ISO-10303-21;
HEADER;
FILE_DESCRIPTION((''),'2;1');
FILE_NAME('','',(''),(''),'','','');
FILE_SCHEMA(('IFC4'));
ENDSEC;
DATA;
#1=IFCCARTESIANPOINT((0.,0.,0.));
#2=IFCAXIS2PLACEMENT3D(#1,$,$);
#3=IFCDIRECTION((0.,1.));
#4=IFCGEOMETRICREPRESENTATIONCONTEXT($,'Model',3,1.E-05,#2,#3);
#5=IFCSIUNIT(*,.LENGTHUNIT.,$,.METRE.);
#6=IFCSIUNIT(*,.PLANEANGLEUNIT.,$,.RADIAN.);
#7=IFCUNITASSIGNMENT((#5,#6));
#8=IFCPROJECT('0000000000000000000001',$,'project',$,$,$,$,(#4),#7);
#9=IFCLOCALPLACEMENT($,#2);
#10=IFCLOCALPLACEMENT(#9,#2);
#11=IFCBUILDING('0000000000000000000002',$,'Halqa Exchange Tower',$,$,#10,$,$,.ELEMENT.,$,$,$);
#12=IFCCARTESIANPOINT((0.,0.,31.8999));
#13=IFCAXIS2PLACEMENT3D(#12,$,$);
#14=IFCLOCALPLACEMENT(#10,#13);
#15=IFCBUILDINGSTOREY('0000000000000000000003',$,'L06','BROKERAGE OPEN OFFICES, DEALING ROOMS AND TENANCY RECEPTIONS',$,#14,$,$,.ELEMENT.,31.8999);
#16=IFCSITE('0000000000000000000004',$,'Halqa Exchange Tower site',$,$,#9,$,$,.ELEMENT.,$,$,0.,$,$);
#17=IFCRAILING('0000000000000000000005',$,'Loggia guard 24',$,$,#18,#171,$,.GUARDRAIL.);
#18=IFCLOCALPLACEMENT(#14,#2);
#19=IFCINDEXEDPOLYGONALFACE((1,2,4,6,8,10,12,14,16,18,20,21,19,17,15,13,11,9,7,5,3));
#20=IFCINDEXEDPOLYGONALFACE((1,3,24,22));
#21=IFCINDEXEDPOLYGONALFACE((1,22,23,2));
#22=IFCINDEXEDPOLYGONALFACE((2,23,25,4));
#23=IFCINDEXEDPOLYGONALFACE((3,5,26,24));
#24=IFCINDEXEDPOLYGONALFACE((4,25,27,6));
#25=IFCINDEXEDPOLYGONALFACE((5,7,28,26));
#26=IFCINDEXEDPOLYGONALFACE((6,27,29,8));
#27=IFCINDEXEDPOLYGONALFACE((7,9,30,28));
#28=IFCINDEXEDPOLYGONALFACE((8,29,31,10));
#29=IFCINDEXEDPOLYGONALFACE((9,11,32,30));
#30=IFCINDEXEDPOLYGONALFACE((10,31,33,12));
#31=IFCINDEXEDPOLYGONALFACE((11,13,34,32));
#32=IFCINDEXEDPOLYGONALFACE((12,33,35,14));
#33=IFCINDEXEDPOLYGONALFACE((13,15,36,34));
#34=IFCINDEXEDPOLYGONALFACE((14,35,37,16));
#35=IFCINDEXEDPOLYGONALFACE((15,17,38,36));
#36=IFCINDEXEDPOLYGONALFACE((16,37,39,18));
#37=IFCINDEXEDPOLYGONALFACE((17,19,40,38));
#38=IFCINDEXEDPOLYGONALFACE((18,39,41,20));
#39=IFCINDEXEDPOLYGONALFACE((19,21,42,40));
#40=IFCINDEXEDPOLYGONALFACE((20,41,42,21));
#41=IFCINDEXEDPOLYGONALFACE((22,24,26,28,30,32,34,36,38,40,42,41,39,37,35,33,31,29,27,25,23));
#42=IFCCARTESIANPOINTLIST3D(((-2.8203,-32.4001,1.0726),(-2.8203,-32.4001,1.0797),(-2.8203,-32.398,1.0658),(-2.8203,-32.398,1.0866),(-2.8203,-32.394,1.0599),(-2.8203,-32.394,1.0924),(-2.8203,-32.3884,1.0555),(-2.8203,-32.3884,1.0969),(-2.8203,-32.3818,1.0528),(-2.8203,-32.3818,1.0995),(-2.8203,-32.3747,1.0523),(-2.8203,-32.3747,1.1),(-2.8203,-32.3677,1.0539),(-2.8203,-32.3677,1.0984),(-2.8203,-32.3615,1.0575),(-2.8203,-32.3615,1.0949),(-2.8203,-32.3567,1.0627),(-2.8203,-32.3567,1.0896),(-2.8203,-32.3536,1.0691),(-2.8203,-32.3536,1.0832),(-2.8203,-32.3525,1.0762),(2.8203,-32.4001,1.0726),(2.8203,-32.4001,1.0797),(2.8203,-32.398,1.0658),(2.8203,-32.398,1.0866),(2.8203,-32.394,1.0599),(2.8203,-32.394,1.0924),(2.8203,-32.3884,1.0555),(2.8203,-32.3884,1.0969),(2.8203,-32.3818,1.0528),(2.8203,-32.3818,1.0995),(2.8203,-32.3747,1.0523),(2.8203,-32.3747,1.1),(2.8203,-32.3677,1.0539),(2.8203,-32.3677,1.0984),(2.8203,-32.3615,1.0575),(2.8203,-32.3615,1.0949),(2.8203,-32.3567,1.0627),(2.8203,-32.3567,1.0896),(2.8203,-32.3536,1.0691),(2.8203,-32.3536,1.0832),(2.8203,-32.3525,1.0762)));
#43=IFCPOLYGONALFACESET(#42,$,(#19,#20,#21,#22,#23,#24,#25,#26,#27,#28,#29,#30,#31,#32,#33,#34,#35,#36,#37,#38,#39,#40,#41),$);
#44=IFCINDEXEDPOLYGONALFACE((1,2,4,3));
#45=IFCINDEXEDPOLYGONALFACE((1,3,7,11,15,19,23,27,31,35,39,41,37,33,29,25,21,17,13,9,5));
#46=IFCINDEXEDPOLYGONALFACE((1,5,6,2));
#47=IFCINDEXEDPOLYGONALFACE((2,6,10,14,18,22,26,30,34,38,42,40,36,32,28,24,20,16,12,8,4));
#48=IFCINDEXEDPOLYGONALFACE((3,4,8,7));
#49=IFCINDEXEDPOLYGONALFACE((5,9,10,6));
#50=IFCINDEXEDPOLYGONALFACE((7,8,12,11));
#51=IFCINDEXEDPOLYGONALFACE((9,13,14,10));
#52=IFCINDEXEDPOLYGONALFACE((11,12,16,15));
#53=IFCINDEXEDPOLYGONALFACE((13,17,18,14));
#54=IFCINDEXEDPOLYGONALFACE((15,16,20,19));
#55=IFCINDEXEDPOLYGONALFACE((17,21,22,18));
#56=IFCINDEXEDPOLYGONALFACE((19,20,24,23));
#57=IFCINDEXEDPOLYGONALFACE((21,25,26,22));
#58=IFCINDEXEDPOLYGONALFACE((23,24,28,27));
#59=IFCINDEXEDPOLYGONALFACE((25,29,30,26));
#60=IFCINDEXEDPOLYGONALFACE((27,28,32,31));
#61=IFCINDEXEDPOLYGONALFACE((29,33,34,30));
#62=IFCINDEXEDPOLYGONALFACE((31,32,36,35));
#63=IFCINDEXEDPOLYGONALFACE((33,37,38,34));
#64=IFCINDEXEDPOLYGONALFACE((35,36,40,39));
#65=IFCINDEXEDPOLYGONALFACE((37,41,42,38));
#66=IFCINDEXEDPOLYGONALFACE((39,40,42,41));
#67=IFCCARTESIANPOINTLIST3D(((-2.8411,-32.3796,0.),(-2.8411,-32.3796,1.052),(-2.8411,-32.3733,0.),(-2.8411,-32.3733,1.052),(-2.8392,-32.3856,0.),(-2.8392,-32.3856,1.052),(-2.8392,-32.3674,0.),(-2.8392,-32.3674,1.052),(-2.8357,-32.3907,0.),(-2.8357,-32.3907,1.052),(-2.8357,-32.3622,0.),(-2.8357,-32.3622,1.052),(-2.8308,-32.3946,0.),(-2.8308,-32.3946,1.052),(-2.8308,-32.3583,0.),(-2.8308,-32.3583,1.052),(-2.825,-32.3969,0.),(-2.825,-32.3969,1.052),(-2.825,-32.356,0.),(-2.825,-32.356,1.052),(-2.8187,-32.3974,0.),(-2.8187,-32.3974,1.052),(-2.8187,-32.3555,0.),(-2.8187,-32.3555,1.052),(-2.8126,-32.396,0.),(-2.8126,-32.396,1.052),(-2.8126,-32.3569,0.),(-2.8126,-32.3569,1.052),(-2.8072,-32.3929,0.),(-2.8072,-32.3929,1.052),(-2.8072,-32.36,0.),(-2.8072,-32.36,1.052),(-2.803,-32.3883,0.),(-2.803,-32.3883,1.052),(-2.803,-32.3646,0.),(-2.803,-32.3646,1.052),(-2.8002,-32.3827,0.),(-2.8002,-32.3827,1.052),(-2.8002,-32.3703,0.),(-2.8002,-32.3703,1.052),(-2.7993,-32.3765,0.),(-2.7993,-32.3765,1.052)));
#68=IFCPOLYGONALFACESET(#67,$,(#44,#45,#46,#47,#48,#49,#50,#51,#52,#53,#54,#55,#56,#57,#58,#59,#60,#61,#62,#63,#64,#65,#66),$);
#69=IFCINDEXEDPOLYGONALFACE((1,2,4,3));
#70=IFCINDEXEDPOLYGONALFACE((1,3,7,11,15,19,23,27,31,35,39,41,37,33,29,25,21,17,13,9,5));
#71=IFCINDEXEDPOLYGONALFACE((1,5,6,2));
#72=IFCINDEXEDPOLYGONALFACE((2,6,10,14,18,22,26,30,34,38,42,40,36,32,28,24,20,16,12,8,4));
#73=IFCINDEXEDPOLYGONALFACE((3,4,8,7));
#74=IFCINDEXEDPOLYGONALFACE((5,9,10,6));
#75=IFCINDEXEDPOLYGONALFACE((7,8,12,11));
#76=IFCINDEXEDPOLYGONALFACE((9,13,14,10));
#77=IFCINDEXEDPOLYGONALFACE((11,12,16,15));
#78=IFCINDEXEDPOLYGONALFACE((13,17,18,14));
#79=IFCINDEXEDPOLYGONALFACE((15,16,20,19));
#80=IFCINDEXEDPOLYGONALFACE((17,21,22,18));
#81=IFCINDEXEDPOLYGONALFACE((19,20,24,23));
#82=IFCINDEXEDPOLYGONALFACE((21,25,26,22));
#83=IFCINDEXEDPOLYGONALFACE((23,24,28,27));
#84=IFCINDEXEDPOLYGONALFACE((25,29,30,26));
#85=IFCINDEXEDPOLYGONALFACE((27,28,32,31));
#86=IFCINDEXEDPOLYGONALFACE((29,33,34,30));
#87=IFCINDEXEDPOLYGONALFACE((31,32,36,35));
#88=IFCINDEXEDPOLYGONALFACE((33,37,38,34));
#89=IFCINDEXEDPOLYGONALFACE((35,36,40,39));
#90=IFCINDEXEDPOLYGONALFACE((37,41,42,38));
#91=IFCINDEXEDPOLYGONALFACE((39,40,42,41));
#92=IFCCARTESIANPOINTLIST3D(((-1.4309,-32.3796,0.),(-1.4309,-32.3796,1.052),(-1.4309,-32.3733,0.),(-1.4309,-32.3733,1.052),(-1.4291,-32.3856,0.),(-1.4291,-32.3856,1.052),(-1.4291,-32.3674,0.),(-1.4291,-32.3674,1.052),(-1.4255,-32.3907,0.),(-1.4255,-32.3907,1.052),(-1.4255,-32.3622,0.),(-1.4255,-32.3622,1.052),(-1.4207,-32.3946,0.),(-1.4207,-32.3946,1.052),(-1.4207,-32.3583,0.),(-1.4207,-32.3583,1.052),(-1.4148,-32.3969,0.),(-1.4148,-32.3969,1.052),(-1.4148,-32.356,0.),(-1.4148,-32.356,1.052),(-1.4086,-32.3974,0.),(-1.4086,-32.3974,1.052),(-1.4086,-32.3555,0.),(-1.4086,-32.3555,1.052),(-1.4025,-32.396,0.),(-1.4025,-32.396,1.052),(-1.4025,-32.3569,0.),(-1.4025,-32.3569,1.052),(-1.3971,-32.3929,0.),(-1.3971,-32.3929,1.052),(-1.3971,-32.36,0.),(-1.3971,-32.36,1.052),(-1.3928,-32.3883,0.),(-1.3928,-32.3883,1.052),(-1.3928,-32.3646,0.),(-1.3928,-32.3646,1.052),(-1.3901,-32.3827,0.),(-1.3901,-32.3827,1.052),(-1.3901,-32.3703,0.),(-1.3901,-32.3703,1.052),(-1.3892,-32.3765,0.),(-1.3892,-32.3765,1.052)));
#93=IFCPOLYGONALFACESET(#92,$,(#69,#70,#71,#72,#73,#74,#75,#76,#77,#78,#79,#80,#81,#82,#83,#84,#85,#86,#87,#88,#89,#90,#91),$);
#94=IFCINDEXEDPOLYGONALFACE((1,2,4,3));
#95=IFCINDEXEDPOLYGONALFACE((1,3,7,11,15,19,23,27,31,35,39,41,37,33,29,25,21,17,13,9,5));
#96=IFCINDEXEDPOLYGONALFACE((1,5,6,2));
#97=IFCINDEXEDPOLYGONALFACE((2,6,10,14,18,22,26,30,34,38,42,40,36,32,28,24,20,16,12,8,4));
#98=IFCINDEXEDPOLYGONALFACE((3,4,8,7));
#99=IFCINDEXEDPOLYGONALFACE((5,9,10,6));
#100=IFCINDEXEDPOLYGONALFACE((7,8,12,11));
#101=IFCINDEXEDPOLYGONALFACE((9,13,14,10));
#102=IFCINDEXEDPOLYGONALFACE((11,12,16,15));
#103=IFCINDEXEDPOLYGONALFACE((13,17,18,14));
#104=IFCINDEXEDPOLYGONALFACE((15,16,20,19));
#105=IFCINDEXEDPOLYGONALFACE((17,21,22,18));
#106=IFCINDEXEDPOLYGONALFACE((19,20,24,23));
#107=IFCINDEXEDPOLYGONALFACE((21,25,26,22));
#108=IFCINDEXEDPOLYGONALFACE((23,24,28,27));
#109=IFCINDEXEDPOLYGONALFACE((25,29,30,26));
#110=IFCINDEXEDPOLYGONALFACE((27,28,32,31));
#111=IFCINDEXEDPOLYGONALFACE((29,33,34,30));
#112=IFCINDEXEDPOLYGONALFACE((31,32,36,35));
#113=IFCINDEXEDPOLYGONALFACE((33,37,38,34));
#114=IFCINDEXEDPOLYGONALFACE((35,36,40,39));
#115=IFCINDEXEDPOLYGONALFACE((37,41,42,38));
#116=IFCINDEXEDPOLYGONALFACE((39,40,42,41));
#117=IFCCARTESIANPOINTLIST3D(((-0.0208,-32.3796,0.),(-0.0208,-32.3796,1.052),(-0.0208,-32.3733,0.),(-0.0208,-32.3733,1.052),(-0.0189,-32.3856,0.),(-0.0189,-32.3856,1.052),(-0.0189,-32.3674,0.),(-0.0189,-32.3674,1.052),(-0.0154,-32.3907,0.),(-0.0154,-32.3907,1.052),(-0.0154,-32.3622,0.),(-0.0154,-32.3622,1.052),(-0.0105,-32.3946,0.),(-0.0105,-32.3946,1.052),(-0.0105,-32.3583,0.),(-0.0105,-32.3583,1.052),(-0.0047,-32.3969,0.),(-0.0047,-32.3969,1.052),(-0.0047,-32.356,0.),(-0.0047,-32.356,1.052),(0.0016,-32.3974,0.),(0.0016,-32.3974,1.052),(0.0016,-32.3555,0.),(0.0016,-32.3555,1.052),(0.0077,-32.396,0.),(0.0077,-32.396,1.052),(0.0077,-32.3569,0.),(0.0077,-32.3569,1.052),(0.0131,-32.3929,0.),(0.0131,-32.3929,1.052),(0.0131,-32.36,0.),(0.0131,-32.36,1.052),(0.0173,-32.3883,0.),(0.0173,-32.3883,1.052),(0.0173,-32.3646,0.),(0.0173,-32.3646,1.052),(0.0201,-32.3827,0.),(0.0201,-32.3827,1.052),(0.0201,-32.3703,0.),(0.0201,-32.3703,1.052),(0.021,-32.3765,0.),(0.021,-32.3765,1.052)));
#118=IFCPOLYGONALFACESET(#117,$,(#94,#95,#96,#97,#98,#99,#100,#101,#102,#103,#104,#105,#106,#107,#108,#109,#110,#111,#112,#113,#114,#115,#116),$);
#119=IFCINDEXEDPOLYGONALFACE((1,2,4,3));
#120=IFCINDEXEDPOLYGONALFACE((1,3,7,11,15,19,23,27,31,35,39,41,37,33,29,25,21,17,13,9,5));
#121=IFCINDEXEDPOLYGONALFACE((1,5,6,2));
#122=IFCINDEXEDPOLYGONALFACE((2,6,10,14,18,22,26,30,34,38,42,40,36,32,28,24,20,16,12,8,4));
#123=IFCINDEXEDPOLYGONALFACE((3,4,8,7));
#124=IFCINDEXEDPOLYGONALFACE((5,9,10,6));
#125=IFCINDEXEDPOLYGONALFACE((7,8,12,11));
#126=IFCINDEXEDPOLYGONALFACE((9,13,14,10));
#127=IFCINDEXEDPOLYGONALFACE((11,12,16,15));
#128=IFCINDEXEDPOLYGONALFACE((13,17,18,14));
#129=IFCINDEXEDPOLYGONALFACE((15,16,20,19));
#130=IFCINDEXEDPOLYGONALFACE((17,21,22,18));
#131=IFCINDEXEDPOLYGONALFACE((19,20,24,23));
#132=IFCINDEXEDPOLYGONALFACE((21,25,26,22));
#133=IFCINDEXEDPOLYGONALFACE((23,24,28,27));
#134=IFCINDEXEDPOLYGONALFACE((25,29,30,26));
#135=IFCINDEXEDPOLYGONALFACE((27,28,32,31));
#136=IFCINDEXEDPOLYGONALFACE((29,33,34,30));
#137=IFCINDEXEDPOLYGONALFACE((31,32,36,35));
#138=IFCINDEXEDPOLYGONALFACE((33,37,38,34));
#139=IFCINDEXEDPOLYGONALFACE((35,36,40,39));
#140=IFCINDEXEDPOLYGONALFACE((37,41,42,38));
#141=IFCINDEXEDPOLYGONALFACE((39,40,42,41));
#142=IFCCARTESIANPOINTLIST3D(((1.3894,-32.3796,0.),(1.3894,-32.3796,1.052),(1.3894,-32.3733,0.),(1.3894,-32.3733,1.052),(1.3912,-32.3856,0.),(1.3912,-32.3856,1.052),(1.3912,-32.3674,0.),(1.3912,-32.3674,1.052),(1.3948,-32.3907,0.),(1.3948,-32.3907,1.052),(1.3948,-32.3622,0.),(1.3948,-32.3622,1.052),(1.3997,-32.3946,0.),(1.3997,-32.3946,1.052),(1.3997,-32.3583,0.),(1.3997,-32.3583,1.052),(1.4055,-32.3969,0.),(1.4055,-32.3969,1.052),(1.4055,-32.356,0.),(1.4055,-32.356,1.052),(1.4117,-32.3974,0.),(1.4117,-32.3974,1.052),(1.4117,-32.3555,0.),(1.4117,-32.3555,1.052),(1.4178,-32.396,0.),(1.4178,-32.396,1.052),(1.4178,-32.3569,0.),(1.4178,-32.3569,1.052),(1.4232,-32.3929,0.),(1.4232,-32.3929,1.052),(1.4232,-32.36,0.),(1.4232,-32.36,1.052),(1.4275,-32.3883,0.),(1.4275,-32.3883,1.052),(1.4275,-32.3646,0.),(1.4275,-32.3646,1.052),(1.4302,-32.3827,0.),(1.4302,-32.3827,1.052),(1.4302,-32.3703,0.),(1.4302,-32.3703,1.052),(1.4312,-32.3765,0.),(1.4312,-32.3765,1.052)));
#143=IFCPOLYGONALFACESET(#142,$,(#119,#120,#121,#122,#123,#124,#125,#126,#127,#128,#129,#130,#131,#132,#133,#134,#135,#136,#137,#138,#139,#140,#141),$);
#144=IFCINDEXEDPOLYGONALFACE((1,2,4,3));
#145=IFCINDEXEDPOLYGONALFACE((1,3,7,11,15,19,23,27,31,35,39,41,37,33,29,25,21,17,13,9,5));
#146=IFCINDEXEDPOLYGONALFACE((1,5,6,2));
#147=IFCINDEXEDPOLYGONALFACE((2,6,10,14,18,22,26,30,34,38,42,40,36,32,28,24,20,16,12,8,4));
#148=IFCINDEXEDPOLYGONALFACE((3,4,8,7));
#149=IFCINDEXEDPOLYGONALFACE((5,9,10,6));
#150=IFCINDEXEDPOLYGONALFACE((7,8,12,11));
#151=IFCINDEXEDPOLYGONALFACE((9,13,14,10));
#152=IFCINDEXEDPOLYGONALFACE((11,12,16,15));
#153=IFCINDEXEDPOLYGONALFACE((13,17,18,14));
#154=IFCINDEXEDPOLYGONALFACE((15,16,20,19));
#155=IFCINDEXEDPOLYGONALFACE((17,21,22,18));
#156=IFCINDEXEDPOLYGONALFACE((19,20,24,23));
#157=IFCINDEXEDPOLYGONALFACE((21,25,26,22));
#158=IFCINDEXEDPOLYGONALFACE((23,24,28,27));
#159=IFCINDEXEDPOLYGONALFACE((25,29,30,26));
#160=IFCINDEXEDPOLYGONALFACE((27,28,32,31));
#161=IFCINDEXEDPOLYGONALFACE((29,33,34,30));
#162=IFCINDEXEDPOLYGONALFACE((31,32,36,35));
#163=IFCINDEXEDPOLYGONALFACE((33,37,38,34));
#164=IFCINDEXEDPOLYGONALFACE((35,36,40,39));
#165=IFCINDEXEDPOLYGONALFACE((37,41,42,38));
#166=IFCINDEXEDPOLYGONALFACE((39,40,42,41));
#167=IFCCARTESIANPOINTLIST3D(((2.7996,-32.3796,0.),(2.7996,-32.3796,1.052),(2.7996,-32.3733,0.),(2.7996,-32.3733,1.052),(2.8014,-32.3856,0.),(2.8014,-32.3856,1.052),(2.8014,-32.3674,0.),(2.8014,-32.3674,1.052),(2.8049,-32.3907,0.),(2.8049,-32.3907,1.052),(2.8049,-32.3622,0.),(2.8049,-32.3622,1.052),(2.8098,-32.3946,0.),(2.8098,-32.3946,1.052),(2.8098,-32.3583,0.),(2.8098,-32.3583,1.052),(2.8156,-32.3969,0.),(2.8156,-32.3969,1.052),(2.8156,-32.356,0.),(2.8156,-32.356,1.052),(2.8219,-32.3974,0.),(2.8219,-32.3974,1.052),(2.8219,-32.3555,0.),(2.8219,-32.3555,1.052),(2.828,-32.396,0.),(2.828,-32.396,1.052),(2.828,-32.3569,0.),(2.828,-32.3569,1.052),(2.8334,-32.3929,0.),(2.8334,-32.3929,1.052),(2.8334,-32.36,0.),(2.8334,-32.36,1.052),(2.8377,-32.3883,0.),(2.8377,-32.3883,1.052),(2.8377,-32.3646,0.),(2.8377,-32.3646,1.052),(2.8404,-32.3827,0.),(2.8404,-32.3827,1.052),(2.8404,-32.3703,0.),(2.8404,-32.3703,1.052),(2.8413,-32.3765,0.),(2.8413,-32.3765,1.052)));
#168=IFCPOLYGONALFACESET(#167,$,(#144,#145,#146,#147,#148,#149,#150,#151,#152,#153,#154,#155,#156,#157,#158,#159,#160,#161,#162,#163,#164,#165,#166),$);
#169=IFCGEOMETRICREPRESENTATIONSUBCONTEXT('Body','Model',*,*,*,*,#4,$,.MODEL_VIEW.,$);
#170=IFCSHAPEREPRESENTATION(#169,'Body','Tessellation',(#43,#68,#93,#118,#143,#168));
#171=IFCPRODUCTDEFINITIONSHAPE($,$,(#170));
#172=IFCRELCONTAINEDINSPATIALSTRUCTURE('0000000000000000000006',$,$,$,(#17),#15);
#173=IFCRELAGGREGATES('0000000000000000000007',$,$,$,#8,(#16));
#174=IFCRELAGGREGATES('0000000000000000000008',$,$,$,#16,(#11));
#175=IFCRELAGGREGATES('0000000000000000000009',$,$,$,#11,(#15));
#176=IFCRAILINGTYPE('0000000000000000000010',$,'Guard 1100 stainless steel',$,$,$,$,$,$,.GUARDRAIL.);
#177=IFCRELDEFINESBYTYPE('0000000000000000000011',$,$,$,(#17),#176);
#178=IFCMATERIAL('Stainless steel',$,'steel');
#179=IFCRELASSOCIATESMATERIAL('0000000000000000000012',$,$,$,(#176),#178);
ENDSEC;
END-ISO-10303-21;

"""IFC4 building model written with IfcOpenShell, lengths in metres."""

from ifc_helpers import new_model, si_unit, direction, frame, origin, origin_2d, place, context, subcontext, project, spatial, circle, extrude, material, type_object, element, save


model = new_model("IFC4")

# Units and contexts
model_context = context("Model", 3, precision=1e-05, world=origin(), true_north=direction((0.0, 1.0)))
body_context = subcontext(model_context, "Body", "Model", "MODEL_VIEW")
ifc_project = project(units=[si_unit("LENGTHUNIT", "METRE"), si_unit("PLANEANGLEUNIT", "RADIAN")], contexts=[model_context])

# Site, building, storey
site_placement = place(None, origin())
site = spatial("IfcSite", under=ifc_project, at=site_placement, Name="Halqa Exchange Tower site", CompositionType="ELEMENT", RefElevation=0.0)
building_placement = place(site_placement, origin())
building = spatial("IfcBuilding", under=site, at=building_placement, Name="Halqa Exchange Tower", CompositionType="ELEMENT")
storey_placement = place(building_placement, frame((0.0, 0.0, 31.8999)))
storey = spatial("IfcBuildingStorey", under=building, at=storey_placement, Name="L06", Description="BROKERAGE OPEN OFFICES, DEALING ROOMS AND TENANCY RECEPTIONS", CompositionType="ELEMENT", Elevation=31.8999)

# Railing
ifc_material_1 = material(Name="Stainless steel", Category="steel")
railing_type = type_object("IfcRailingType", Name="Guard 1100 stainless steel", PredefinedType="GUARDRAIL", material=ifc_material_1)
railing_1_placement = place(storey_placement, frame((-2.8203, -32.3765, 0.0)))
element("IfcRailing", 1, at=railing_1_placement, inside=storey, type_object=railing_type, Name="Loggia guard 24", PredefinedType="GUARDRAIL", context=body_context, shape_type="SweptSolid", body=[
    extrude(circle(Radius=0.0239, at=origin_2d()), frame((0.0, 0.0, 1.0762), z_axis=(1.0, 0.0, 0.0), x_axis=(0.0, 1.0, 0.0)), (0.0, 0.0, 1.0), 5.6406),
    extrude(circle(Radius=0.021, at=origin_2d()), origin(), (0.0, 0.0, 1.0), 1.052),
    extrude(circle(Radius=0.021, at=origin_2d()), frame((1.4102, 0.0, 0.0)), (0.0, 0.0, 1.0), 1.052),
    extrude(circle(Radius=0.021, at=origin_2d()), frame((2.8203, 0.0, 0.0)), (0.0, 0.0, 1.0), 1.052),
    extrude(circle(Radius=0.021, at=origin_2d()), frame((4.2305, 0.0, 0.0)), (0.0, 0.0, 1.0), 1.052),
    extrude(circle(Radius=0.021, at=origin_2d()), frame((5.6406, 0.0, 0.0)), (0.0, 0.0, 1.0), 1.052),
])

save(model, "model.ifc")
